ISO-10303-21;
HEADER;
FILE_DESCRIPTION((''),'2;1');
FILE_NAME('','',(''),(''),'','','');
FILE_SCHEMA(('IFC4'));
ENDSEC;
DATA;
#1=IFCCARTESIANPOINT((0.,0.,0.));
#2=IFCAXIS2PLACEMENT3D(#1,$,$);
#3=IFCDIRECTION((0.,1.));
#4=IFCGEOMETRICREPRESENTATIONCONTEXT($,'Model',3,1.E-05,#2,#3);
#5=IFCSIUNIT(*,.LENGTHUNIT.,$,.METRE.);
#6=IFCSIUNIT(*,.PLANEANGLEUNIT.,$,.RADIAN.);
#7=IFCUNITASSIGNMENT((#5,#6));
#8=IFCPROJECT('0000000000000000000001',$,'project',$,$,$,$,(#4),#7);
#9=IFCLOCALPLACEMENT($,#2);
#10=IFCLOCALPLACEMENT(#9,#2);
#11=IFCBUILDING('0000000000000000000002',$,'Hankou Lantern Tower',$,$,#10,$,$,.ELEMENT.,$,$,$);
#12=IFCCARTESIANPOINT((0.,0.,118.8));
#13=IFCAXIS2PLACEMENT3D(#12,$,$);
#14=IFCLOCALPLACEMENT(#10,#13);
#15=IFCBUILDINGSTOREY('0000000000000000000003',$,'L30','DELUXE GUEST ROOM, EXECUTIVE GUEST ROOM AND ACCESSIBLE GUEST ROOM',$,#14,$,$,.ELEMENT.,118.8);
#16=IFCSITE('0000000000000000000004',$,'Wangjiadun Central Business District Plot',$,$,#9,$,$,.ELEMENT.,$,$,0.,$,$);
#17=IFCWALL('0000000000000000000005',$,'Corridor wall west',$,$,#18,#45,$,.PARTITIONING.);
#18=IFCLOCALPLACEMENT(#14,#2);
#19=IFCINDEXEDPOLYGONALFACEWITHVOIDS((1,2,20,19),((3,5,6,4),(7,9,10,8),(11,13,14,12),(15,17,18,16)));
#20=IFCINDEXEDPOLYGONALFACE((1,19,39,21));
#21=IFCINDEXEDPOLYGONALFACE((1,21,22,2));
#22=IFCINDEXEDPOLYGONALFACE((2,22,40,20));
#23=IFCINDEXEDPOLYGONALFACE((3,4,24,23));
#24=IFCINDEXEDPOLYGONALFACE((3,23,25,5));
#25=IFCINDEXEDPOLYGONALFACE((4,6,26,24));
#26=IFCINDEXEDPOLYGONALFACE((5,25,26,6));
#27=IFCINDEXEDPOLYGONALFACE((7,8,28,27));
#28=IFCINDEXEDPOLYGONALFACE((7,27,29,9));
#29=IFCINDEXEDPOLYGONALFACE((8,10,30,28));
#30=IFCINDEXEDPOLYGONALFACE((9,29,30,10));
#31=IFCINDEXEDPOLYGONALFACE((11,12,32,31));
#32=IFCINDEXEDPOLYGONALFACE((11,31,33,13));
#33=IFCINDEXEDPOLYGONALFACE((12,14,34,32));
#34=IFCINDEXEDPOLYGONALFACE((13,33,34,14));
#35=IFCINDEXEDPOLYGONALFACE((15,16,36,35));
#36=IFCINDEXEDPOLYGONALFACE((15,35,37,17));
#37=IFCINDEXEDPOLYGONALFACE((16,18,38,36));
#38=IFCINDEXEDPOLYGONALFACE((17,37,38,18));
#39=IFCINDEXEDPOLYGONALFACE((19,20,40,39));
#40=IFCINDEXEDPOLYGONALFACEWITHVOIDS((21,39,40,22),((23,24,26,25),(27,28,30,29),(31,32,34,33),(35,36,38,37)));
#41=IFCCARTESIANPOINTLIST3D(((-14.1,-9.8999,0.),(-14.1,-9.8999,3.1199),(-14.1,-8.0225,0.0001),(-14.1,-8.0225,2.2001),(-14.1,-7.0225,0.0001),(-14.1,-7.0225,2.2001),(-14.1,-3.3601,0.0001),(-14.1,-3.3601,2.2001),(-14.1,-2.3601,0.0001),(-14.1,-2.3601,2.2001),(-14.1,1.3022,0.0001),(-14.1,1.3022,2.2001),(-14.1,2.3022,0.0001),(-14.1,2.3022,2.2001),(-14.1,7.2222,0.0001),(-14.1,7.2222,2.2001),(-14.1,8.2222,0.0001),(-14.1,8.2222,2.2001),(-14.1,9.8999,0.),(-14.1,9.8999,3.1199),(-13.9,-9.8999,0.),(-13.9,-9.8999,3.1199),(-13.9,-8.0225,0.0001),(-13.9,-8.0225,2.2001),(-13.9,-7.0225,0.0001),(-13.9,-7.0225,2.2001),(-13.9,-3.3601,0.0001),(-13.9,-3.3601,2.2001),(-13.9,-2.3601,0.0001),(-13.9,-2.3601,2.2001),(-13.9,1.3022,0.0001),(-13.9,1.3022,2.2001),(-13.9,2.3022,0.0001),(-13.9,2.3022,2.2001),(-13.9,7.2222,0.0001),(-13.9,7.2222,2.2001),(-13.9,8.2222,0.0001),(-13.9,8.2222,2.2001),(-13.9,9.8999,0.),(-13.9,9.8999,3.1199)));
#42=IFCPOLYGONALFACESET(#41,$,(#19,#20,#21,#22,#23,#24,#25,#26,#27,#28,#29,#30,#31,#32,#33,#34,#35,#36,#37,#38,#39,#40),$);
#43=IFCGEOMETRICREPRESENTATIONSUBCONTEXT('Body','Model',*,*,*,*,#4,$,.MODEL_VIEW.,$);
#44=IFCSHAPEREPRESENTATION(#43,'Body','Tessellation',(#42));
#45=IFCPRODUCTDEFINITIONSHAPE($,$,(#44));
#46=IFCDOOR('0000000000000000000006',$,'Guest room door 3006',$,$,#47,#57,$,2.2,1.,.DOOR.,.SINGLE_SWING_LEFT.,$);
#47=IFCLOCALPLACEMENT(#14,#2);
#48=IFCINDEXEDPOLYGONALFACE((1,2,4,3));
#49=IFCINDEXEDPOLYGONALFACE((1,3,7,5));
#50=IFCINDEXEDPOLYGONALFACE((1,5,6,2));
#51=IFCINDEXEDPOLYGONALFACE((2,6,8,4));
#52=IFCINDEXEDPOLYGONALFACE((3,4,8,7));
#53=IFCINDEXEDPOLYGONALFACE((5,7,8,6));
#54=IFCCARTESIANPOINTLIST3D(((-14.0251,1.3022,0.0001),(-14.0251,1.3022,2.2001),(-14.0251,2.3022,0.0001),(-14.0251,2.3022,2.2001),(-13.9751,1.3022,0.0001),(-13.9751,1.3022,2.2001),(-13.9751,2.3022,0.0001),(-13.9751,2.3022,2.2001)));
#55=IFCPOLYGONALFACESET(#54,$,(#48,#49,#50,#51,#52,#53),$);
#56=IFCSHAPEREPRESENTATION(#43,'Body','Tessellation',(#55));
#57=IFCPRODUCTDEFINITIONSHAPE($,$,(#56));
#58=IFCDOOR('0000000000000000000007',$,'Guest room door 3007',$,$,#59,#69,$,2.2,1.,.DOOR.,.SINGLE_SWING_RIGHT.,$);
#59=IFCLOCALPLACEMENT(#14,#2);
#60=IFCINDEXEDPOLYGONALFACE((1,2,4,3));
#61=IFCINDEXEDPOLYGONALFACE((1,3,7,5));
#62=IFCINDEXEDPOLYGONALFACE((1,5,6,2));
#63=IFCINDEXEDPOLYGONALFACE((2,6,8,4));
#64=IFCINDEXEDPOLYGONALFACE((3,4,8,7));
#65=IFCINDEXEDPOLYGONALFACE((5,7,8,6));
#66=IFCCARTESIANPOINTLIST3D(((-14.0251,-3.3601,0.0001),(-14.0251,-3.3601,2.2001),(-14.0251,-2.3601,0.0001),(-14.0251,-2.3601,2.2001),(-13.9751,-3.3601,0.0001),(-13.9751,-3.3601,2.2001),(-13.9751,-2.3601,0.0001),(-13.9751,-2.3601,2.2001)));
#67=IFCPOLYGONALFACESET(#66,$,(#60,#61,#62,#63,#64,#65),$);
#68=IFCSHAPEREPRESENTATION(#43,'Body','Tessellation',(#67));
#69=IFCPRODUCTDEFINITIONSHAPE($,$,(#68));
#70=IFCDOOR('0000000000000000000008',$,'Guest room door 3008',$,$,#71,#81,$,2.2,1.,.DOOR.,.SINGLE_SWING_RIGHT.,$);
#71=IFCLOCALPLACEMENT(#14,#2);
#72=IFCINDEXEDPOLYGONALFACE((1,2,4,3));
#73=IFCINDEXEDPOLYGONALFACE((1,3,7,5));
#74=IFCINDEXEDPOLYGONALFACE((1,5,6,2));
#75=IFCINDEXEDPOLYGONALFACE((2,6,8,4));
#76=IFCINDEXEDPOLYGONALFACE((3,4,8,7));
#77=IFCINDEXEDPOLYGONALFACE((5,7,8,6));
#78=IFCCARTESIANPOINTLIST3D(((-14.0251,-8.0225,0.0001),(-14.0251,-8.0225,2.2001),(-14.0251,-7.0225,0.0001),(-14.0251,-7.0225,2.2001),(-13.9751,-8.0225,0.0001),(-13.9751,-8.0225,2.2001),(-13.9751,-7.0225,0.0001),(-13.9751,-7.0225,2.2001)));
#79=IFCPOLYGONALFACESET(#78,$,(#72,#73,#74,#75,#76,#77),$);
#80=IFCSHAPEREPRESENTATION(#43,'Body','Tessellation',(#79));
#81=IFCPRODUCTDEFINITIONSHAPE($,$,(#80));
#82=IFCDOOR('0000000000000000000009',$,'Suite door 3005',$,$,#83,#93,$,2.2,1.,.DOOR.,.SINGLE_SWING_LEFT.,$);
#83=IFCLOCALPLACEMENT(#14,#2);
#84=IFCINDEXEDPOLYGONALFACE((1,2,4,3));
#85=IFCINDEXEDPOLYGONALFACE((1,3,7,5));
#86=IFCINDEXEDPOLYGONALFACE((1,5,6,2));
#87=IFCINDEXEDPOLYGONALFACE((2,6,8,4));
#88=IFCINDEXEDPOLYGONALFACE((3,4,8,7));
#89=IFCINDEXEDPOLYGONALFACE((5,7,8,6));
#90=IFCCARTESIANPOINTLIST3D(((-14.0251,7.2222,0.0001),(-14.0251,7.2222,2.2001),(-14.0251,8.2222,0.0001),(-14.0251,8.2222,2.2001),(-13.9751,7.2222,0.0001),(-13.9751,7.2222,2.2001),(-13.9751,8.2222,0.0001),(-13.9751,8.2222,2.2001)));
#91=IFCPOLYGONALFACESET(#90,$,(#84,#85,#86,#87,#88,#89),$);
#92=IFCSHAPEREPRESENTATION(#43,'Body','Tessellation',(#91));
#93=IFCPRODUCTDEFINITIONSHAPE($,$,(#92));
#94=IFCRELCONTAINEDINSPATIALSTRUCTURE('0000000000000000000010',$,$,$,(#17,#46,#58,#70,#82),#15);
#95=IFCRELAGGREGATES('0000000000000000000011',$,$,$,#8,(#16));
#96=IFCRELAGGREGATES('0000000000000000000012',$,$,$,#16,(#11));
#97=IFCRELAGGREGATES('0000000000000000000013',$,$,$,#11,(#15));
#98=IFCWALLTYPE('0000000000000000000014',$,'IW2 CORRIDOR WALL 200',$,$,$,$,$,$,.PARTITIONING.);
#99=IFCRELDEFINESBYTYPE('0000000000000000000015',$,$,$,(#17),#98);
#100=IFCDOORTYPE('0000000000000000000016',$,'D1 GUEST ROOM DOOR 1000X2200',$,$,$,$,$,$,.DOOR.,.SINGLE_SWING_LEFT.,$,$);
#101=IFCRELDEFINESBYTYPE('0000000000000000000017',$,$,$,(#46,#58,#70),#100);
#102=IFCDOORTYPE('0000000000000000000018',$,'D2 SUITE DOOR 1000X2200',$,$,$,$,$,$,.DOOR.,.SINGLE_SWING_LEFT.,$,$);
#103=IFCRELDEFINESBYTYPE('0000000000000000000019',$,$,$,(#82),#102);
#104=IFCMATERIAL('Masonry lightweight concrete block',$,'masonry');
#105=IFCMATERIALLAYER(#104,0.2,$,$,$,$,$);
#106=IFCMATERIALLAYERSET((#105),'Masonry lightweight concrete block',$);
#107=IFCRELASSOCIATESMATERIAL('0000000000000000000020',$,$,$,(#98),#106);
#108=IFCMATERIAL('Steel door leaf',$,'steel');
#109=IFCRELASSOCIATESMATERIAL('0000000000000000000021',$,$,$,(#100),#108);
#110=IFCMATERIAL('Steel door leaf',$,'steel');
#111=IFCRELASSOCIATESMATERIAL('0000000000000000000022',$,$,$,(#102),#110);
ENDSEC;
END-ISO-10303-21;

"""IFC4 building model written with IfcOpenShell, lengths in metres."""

from ifc_helpers import new_model, si_unit, direction, frame, frame_2d, origin, place, context, subcontext, project, spatial, rectangle, extrude, material, layer, layer_set, type_object, element, fill, save


model = new_model("IFC4")

# Units and contexts
model_context = context("Model", 3, precision=1e-05, world=origin(), true_north=direction((0.0, 1.0)))
body_context = subcontext(model_context, "Body", "Model", "MODEL_VIEW")
ifc_project = project(units=[si_unit("LENGTHUNIT", "METRE"), si_unit("PLANEANGLEUNIT", "RADIAN")], contexts=[model_context])

# Site, building, storey
site_placement = place(None, origin())
site = spatial("IfcSite", under=ifc_project, at=site_placement, Name="Wangjiadun Central Business District Plot", CompositionType="ELEMENT", RefElevation=0.0)
building_placement = place(site_placement, origin())
building = spatial("IfcBuilding", under=site, at=building_placement, Name="Hankou Lantern Tower", CompositionType="ELEMENT")
storey_placement = place(building_placement, frame((0.0, 0.0, 118.8)))
storey = spatial("IfcBuildingStorey", under=building, at=storey_placement, Name="L30", Description="DELUXE GUEST ROOM, EXECUTIVE GUEST ROOM AND ACCESSIBLE GUEST ROOM", CompositionType="ELEMENT", Elevation=118.8)

# Shared definitions
ifc_material_1 = material(Name="Masonry lightweight concrete block", Category="masonry")
ifc_layer_1 = layer(ifc_material_1, 0.2)
ifc_layer_set_1 = layer_set([ifc_layer_1], Name="Masonry lightweight concrete block")
wall_type_1 = type_object("IfcWallType", Name="IW2 CORRIDOR WALL 200", PredefinedType="PARTITIONING", material=ifc_layer_set_1)

# Wall, openings, doors
wall_1_placement = place(storey_placement, frame((-14.0, 9.8999, 0.0), z_axis=(0.0, 0.0, 1.0), x_axis=(0.0, -1.0, 0.0)))
wall_1 = element("IfcWall", 1, at=wall_1_placement, inside=storey, type_object=wall_type_1, Name="Corridor wall west", PredefinedType="PARTITIONING", context=body_context, shape_type="SweptSolid", body=[
    extrude(rectangle(XDim=19.7998, YDim=0.2, at=frame_2d((9.8999, 0.0))), origin(), (0.0, 0.0, 1.0), 3.1199),
])
opening_1_placement = place(wall_1_placement, frame((1.6777, 0.0, 0.0)))
opening_1 = element("IfcOpeningElement", 2, at=opening_1_placement, cuts=wall_1, PredefinedType="OPENING", context=body_context, shape_type="SweptSolid", body=[
    extrude(rectangle(XDim=1.0, YDim=2.2, at=frame_2d((0.5, 1.1001))), frame((0.0, 0.1099, 0.0), z_axis=(0.0, -1.0, 0.0), x_axis=(1.0, 0.0, 0.0)), (0.0, 0.0, 1.0), 0.22),
])
opening_2_placement = place(wall_1_placement, frame((7.5977, 0.0, 0.0)))
opening_2 = element("IfcOpeningElement", 3, at=opening_2_placement, cuts=wall_1, PredefinedType="OPENING", context=body_context, shape_type="SweptSolid", body=[
    extrude(rectangle(XDim=1.0, YDim=2.2, at=frame_2d((0.5, 1.1001))), frame((0.0, 0.1099, 0.0), z_axis=(0.0, -1.0, 0.0), x_axis=(1.0, 0.0, 0.0)), (0.0, 0.0, 1.0), 0.22),
])
opening_3_placement = place(wall_1_placement, frame((12.26, 0.0, 0.0)))
opening_3 = element("IfcOpeningElement", 4, at=opening_3_placement, cuts=wall_1, PredefinedType="OPENING", context=body_context, shape_type="SweptSolid", body=[
    extrude(rectangle(XDim=1.0, YDim=2.2, at=frame_2d((0.5, 1.1001))), frame((0.0, 0.1099, 0.0), z_axis=(0.0, -1.0, 0.0), x_axis=(1.0, 0.0, 0.0)), (0.0, 0.0, 1.0), 0.22),
])
opening_4_placement = place(wall_1_placement, frame((16.9224, 0.0, 0.0)))
opening_4 = element("IfcOpeningElement", 5, at=opening_4_placement, cuts=wall_1, PredefinedType="OPENING", context=body_context, shape_type="SweptSolid", body=[
    extrude(rectangle(XDim=1.0, YDim=2.2, at=frame_2d((0.5, 1.1001))), frame((0.0, 0.1099, 0.0), z_axis=(0.0, -1.0, 0.0), x_axis=(1.0, 0.0, 0.0)), (0.0, 0.0, 1.0), 0.22),
])
ifc_material_2 = material(Name="Steel door leaf", Category="steel")
door_type_1 = type_object("IfcDoorType", Name="D1 GUEST ROOM DOOR 1000X2200", OperationType="SINGLE_SWING_LEFT", PredefinedType="DOOR", material=ifc_material_2)
door_1_placement = place(opening_2_placement, origin())
door_1 = element("IfcDoor", 6, at=door_1_placement, inside=storey, type_object=door_type_1, Name="Guest room door 3006", OperationType="SINGLE_SWING_LEFT", OverallHeight=2.2, OverallWidth=1.0, PredefinedType="DOOR", context=body_context, shape_type="SweptSolid", body=[
    extrude(rectangle(XDim=1.0, YDim=2.2, at=frame_2d((0.5, 1.1001))), frame((0.0, 0.0249, 0.0), z_axis=(0.0, -1.0, 0.0), x_axis=(1.0, 0.0, 0.0)), (0.0, 0.0, 1.0), 0.05),
])
fill(opening_2, door_1)
door_2_placement = place(opening_3_placement, origin())
door_2 = element("IfcDoor", 7, at=door_2_placement, inside=storey, type_object=door_type_1, Name="Guest room door 3007", OperationType="SINGLE_SWING_RIGHT", OverallHeight=2.2, OverallWidth=1.0, PredefinedType="DOOR", context=body_context, shape_type="SweptSolid", body=[
    extrude(rectangle(XDim=1.0, YDim=2.2, at=frame_2d((0.5, 1.1001))), frame((0.0, 0.0249, 0.0), z_axis=(0.0, -1.0, 0.0), x_axis=(1.0, 0.0, 0.0)), (0.0, 0.0, 1.0), 0.05),
])
fill(opening_3, door_2)
door_3_placement = place(opening_4_placement, origin())
door_3 = element("IfcDoor", 8, at=door_3_placement, inside=storey, type_object=door_type_1, Name="Guest room door 3008", OperationType="SINGLE_SWING_RIGHT", OverallHeight=2.2, OverallWidth=1.0, PredefinedType="DOOR", context=body_context, shape_type="SweptSolid", body=[
    extrude(rectangle(XDim=1.0, YDim=2.2, at=frame_2d((0.5, 1.1001))), frame((0.0, 0.0249, 0.0), z_axis=(0.0, -1.0, 0.0), x_axis=(1.0, 0.0, 0.0)), (0.0, 0.0, 1.0), 0.05),
])
fill(opening_4, door_3)
ifc_material_3 = material(Name="Steel door leaf", Category="steel")
door_type_2 = type_object("IfcDoorType", Name="D2 SUITE DOOR 1000X2200", OperationType="SINGLE_SWING_LEFT", PredefinedType="DOOR", material=ifc_material_3)
door_4_placement = place(opening_1_placement, origin())
door_4 = element("IfcDoor", 9, at=door_4_placement, inside=storey, type_object=door_type_2, Name="Suite door 3005", OperationType="SINGLE_SWING_LEFT", OverallHeight=2.2, OverallWidth=1.0, PredefinedType="DOOR", context=body_context, shape_type="SweptSolid", body=[
    extrude(rectangle(XDim=1.0, YDim=2.2, at=frame_2d((0.5, 1.1001))), frame((0.0, 0.0249, 0.0), z_axis=(0.0, -1.0, 0.0), x_axis=(1.0, 0.0, 0.0)), (0.0, 0.0, 1.0), 0.05),
])
fill(opening_1, door_4)

save(model, "model.ifc")
